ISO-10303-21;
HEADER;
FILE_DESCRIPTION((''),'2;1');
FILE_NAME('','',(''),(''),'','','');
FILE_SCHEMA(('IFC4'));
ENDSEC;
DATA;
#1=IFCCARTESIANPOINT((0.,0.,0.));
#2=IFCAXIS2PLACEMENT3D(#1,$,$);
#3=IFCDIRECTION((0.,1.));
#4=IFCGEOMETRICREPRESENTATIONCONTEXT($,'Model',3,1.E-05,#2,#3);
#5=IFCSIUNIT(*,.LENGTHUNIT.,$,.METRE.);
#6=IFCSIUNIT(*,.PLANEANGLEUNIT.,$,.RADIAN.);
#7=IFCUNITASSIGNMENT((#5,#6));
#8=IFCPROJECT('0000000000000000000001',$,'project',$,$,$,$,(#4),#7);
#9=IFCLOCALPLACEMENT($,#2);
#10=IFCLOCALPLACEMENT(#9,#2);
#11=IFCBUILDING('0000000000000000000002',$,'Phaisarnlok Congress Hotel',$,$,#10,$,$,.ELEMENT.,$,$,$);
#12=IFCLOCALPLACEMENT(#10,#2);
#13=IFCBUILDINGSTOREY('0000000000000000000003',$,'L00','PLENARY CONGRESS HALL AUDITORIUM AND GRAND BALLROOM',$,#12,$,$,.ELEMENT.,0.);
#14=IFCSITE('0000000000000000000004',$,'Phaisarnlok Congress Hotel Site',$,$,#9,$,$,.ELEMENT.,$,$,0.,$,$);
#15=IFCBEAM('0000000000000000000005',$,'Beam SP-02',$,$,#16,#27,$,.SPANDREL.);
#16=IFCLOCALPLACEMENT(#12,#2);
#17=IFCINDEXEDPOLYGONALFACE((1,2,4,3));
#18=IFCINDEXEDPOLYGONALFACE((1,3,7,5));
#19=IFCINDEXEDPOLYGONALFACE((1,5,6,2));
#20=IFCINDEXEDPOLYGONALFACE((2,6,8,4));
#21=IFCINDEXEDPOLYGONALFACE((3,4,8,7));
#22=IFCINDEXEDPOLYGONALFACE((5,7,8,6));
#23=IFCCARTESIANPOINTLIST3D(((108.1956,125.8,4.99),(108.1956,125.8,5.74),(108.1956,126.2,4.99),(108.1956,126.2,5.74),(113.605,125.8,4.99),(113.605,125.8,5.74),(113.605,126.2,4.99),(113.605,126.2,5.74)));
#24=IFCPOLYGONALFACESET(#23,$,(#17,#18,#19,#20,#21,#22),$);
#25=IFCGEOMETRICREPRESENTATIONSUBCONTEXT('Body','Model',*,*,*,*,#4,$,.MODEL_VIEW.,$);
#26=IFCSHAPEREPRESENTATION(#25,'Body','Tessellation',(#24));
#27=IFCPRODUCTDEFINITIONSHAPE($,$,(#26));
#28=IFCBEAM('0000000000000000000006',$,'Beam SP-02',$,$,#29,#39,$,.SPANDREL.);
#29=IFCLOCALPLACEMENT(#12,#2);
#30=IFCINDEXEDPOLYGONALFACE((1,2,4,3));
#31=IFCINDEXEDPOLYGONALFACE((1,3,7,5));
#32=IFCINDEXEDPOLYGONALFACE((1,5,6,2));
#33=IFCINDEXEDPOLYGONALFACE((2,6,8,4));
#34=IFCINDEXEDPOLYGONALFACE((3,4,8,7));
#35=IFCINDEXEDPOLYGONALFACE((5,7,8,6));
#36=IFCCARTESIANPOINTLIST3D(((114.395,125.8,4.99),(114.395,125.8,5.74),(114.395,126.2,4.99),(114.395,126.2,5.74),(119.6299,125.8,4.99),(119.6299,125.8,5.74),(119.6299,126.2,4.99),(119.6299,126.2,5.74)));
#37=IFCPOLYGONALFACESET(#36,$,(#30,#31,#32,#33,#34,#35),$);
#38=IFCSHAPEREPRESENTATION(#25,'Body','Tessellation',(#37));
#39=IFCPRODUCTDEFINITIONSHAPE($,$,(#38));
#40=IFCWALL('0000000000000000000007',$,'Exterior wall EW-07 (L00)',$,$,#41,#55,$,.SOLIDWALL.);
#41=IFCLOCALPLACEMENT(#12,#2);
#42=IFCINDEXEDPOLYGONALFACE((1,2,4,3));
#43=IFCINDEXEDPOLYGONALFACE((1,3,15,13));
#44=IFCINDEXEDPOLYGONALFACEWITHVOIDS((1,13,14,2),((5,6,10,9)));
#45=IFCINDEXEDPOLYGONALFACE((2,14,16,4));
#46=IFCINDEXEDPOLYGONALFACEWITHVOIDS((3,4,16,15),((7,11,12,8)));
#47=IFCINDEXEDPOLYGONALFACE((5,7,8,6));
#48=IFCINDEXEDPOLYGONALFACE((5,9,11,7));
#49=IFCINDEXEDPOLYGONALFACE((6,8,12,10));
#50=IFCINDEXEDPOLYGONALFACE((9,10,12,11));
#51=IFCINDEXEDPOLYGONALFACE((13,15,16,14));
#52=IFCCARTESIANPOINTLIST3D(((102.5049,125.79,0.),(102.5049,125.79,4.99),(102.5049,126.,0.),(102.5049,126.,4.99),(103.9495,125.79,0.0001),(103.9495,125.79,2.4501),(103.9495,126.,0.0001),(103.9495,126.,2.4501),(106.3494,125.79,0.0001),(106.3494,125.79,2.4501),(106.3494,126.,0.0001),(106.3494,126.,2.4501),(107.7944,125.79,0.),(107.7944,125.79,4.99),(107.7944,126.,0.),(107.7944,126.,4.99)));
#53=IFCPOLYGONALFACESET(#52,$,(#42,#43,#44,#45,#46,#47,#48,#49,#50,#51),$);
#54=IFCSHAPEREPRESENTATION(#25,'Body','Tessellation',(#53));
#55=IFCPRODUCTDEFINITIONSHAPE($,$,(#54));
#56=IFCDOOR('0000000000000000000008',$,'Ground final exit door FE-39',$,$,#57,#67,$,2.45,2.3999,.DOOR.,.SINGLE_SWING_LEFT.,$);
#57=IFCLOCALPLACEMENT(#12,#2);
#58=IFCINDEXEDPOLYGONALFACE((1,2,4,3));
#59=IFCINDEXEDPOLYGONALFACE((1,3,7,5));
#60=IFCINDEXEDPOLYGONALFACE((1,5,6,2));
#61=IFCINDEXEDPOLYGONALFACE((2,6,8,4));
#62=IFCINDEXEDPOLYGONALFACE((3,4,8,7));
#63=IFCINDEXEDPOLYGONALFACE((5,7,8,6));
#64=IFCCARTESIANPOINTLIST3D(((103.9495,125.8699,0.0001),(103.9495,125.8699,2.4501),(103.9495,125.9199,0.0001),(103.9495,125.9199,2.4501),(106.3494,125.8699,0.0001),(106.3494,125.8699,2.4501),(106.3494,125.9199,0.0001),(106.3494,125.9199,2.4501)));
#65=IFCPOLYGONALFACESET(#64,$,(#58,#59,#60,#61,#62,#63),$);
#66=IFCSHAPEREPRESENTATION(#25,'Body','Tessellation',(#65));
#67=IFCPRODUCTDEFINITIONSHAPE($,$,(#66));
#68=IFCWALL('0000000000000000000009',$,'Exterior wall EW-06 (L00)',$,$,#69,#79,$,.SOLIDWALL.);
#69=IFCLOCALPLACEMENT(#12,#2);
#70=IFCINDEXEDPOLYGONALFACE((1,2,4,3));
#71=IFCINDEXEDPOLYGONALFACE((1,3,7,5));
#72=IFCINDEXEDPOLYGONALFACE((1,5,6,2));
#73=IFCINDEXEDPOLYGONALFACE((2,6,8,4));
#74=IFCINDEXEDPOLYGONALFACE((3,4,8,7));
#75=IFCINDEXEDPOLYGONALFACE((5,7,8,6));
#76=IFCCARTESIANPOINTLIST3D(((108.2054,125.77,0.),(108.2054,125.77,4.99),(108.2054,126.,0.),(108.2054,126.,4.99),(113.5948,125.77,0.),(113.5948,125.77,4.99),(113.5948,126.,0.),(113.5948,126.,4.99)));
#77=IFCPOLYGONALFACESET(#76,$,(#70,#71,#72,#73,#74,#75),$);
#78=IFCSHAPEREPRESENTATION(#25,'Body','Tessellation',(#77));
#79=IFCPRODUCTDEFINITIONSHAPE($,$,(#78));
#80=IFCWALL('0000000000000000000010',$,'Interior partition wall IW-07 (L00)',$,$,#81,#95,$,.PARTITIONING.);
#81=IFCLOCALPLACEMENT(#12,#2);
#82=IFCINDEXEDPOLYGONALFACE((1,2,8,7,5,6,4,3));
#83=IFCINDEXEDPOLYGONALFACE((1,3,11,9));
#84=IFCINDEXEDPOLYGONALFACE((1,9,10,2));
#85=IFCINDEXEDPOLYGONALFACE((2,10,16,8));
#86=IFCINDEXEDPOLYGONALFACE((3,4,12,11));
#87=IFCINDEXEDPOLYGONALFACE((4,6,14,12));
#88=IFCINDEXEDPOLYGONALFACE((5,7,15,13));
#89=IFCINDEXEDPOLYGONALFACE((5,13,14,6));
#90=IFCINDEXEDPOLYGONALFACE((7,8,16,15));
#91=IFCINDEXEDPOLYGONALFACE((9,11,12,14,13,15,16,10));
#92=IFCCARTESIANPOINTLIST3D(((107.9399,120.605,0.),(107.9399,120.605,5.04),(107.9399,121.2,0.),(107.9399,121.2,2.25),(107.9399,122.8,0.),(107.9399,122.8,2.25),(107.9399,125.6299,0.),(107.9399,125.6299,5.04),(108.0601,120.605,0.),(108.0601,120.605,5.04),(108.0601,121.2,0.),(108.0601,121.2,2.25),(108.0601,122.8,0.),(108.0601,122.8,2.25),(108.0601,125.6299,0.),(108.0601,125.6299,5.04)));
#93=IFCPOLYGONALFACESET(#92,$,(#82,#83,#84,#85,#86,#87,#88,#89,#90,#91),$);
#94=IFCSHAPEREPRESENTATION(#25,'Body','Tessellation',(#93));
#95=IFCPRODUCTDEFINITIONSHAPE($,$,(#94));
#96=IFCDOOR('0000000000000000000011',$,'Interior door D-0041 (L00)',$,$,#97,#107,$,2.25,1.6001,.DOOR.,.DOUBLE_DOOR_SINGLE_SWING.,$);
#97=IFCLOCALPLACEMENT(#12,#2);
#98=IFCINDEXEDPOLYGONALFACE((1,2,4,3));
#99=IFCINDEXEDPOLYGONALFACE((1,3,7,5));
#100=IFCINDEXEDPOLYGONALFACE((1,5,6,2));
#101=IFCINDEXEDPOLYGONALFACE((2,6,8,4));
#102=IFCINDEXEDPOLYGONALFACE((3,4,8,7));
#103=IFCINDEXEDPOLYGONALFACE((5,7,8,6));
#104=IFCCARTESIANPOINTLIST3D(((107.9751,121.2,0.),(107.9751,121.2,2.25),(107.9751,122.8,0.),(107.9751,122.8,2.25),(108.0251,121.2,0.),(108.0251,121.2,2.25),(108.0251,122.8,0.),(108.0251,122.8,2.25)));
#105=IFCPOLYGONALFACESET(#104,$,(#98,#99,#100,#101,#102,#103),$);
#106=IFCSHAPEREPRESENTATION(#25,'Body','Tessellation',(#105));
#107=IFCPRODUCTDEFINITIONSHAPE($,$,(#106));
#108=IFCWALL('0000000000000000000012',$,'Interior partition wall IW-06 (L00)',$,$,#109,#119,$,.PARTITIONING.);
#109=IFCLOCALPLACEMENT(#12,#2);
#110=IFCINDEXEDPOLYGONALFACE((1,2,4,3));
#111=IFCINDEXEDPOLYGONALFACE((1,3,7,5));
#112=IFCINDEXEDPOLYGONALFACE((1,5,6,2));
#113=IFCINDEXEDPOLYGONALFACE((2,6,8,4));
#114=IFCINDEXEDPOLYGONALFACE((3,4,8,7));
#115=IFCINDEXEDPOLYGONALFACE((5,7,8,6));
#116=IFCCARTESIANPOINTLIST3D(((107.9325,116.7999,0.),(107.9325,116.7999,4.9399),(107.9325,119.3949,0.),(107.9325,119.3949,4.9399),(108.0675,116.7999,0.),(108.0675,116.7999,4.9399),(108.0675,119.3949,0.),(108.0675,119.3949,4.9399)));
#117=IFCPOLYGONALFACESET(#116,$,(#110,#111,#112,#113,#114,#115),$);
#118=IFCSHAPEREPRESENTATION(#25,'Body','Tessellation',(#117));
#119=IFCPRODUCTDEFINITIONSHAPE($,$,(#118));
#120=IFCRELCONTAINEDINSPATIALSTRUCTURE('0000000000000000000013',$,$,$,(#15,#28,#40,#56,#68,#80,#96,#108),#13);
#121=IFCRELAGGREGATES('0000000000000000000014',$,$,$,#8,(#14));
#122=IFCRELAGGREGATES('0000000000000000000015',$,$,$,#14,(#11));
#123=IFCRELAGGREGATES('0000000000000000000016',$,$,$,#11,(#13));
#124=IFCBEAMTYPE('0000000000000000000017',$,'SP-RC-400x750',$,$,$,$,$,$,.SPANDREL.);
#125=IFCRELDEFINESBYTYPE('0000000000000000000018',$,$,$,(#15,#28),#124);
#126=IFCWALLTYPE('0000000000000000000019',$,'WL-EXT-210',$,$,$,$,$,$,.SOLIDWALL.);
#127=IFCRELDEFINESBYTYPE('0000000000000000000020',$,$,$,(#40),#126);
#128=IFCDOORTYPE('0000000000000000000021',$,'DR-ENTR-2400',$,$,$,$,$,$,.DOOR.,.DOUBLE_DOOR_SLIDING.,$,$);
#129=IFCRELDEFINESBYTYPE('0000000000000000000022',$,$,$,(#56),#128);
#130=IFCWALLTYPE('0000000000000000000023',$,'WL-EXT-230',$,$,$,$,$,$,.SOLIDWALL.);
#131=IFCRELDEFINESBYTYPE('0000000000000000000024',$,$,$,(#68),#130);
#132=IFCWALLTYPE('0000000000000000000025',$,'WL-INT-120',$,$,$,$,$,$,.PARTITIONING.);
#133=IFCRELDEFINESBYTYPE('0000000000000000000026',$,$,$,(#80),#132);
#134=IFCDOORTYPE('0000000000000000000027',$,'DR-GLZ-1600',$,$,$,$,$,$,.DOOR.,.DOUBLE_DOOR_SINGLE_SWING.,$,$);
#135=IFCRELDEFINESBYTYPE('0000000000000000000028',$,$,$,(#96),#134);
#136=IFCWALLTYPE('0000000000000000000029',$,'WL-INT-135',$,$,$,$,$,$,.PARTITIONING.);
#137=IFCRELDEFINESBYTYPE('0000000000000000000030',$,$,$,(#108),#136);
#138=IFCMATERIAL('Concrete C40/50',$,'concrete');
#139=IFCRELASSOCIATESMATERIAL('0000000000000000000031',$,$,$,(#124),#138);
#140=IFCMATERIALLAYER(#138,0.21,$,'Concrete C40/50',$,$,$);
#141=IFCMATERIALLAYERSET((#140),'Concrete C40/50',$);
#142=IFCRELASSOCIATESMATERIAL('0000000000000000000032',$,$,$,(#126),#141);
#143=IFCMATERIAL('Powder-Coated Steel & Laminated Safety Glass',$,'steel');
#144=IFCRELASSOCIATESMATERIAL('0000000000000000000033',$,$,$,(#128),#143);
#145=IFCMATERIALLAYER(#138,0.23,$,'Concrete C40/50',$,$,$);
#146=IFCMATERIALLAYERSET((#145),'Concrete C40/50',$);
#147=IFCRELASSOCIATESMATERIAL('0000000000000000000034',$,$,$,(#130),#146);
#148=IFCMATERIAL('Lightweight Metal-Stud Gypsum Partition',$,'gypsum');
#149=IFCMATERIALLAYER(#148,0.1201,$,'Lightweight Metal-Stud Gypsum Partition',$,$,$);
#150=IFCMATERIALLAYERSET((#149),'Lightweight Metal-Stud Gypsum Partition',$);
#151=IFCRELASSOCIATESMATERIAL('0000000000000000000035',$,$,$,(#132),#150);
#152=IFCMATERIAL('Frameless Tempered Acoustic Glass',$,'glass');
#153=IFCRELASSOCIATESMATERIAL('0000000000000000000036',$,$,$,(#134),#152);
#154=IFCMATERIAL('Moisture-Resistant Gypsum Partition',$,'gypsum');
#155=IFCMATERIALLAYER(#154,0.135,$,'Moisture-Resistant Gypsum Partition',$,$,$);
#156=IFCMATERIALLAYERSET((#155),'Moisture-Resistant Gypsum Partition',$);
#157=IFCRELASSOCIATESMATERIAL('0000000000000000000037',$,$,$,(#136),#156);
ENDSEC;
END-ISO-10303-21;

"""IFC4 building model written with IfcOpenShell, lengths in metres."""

from ifc_helpers import new_model, si_unit, direction, frame, frame_2d, origin, origin_2d, place, context, subcontext, project, spatial, rectangle, extrude, material, layer, layer_set, material_profile, profile_set, type_object, element, fill, save


model = new_model("IFC4")

# Units and contexts
model_context = context("Model", 3, precision=1e-05, world=origin(), true_north=direction((0.0, 1.0)))
body_context = subcontext(model_context, "Body", "Model", "MODEL_VIEW")
ifc_project = project(units=[si_unit("LENGTHUNIT", "METRE"), si_unit("PLANEANGLEUNIT", "RADIAN")], contexts=[model_context])

# Site, building, storey
site_placement = place(None, origin())
site = spatial("IfcSite", under=ifc_project, at=site_placement, Name="Phaisarnlok Congress Hotel Site", CompositionType="ELEMENT", RefElevation=0.0)
building_placement = place(site_placement, origin())
building = spatial("IfcBuilding", under=site, at=building_placement, Name="Phaisarnlok Congress Hotel", CompositionType="ELEMENT")
storey_placement = place(building_placement, origin())
storey = spatial("IfcBuildingStorey", under=building, at=storey_placement, Name="L00", Description="PLENARY CONGRESS HALL AUDITORIUM AND GRAND BALLROOM", CompositionType="ELEMENT", Elevation=0.0)

# Beams
ifc_material_1 = material(Name="Concrete C40/50", Category="concrete")
ifc_material_profile_1 = material_profile(ifc_material_1, rectangle(XDim=0.3999, YDim=0.75, at=origin_2d()), Name="RC 400x750")
ifc_profile_set_1 = profile_set([ifc_material_profile_1], Name="Concrete C40/50")
beam_type_1 = type_object("IfcBeamType", Name="SP-RC-400x750", PredefinedType="SPANDREL", material=ifc_profile_set_1)
beam_1_placement = place(storey_placement, frame((108.1956, 126.0, 5.365), z_axis=(1.0, 0.0, 0.0), x_axis=(0.0, 1.0, 0.0)))
element("IfcBeam", 1, at=beam_1_placement, inside=storey, type_object=beam_type_1, Name="Beam SP-02", PredefinedType="SPANDREL", context=body_context, shape_type="SweptSolid", body=[
    extrude(rectangle(XDim=0.3999, YDim=0.75, at=origin_2d()), origin(), (0.0, 0.0, 1.0), 5.4094),
])
beam_2_placement = place(storey_placement, frame((114.395, 126.0, 5.365), z_axis=(1.0, 0.0, 0.0), x_axis=(0.0, 1.0, 0.0)))
element("IfcBeam", 2, at=beam_2_placement, inside=storey, type_object=beam_type_1, Name="Beam SP-02", PredefinedType="SPANDREL", context=body_context, shape_type="SweptSolid", body=[
    extrude(rectangle(XDim=0.3999, YDim=0.75, at=origin_2d()), origin(), (0.0, 0.0, 1.0), 5.2349),
])

# Wall, opening, door
ifc_layer_1 = layer(ifc_material_1, 0.21, Name="Concrete C40/50")
ifc_layer_set_1 = layer_set([ifc_layer_1], Name="Concrete C40/50")
wall_type_1 = type_object("IfcWallType", Name="WL-EXT-210", PredefinedType="SOLIDWALL", material=ifc_layer_set_1)
wall_1_placement = place(storey_placement, frame((107.7944, 125.895, 0.0), z_axis=(0.0, 0.0, 1.0), x_axis=(-1.0, 0.0, 0.0)))
wall_1 = element("IfcWall", 3, at=wall_1_placement, inside=storey, type_object=wall_type_1, Name="Exterior wall EW-07 (L00)", PredefinedType="SOLIDWALL", context=body_context, shape_type="SweptSolid", body=[
    extrude(rectangle(XDim=5.2896, YDim=0.21, at=frame_2d((2.6448, 0.0))), origin(), (0.0, 0.0, 1.0), 4.99),
])
opening_1_placement = place(wall_1_placement, frame((1.4451, 0.0, 0.0)))
opening_1 = element("IfcOpeningElement", 4, at=opening_1_placement, cuts=wall_1, PredefinedType="OPENING", context=body_context, shape_type="SweptSolid", body=[
    extrude(rectangle(XDim=2.3999, YDim=2.45, at=frame_2d((1.2, 1.2251))), frame((0.0, 0.115, 0.0), z_axis=(0.0, -1.0, 0.0), x_axis=(1.0, 0.0, 0.0)), (0.0, 0.0, 1.0), 0.23),
])
ifc_material_2 = material(Name="Powder-Coated Steel & Laminated Safety Glass", Category="steel")
door_type_1 = type_object("IfcDoorType", Name="DR-ENTR-2400", OperationType="DOUBLE_DOOR_SLIDING", PredefinedType="DOOR", material=ifc_material_2)
door_1_placement = place(opening_1_placement, frame((2.3999, 0.0, 0.0), z_axis=(0.0, 0.0, 1.0), x_axis=(-1.0, 0.0, 0.0)))
door_1 = element("IfcDoor", 5, at=door_1_placement, inside=storey, type_object=door_type_1, Name="Ground final exit door FE-39", OperationType="SINGLE_SWING_LEFT", OverallHeight=2.45, OverallWidth=2.3999, PredefinedType="DOOR", context=body_context, shape_type="SweptSolid", body=[
    extrude(rectangle(XDim=2.3999, YDim=2.45, at=frame_2d((1.2, 1.2251))), frame((0.0, 0.0249, 0.0), z_axis=(0.0, -1.0, 0.0), x_axis=(1.0, 0.0, 0.0)), (0.0, 0.0, 1.0), 0.05),
])
fill(opening_1, door_1)

# Wall
ifc_layer_2 = layer(ifc_material_1, 0.23, Name="Concrete C40/50")
ifc_layer_set_2 = layer_set([ifc_layer_2], Name="Concrete C40/50")
wall_type_2 = type_object("IfcWallType", Name="WL-EXT-230", PredefinedType="SOLIDWALL", material=ifc_layer_set_2)
wall_2_placement = place(storey_placement, frame((113.595, 125.885, 0.0), z_axis=(0.0, 0.0, 1.0), x_axis=(-1.0, 0.0, 0.0)))
element("IfcWall", 6, at=wall_2_placement, inside=storey, type_object=wall_type_2, Name="Exterior wall EW-06 (L00)", PredefinedType="SOLIDWALL", context=body_context, shape_type="SweptSolid", body=[
    extrude(rectangle(XDim=5.3894, YDim=0.23, at=frame_2d((2.6948, 0.0))), origin(), (0.0, 0.0, 1.0), 4.99),
])

# Wall, opening, door
ifc_material_3 = material(Name="Lightweight Metal-Stud Gypsum Partition", Category="gypsum")
ifc_layer_3 = layer(ifc_material_3, 0.1201, Name="Lightweight Metal-Stud Gypsum Partition")
ifc_layer_set_3 = layer_set([ifc_layer_3], Name="Lightweight Metal-Stud Gypsum Partition")
wall_type_3 = type_object("IfcWallType", Name="WL-INT-120", PredefinedType="PARTITIONING", material=ifc_layer_set_3)
wall_3_placement = place(storey_placement, frame((108.0, 120.605, 0.0), z_axis=(0.0, 0.0, 1.0), x_axis=(0.0, 1.0, 0.0)))
wall_3 = element("IfcWall", 7, at=wall_3_placement, inside=storey, type_object=wall_type_3, Name="Interior partition wall IW-07 (L00)", PredefinedType="PARTITIONING", context=body_context, shape_type="SweptSolid", body=[
    extrude(rectangle(XDim=5.0249, YDim=0.1201, at=frame_2d((2.5125, 0.0))), origin(), (0.0, 0.0, 1.0), 5.04),
])
opening_2_placement = place(wall_3_placement, frame((0.595, 0.0, 0.0)))
opening_2 = element("IfcOpeningElement", 8, at=opening_2_placement, cuts=wall_3, PredefinedType="OPENING", context=body_context, shape_type="SweptSolid", body=[
    extrude(rectangle(XDim=1.6001, YDim=2.25, at=frame_2d((0.8, 1.125))), frame((0.0, 0.0701, 0.0), z_axis=(0.0, -1.0, 0.0), x_axis=(1.0, 0.0, 0.0)), (0.0, 0.0, 1.0), 0.1401),
])
ifc_material_4 = material(Name="Frameless Tempered Acoustic Glass", Category="glass")
door_type_2 = type_object("IfcDoorType", Name="DR-GLZ-1600", OperationType="DOUBLE_DOOR_SINGLE_SWING", PredefinedType="DOOR", material=ifc_material_4)
door_2_placement = place(opening_2_placement, origin())
door_2 = element("IfcDoor", 9, at=door_2_placement, inside=storey, type_object=door_type_2, Name="Interior door D-0041 (L00)", OperationType="DOUBLE_DOOR_SINGLE_SWING", OverallHeight=2.25, OverallWidth=1.6001, PredefinedType="DOOR", context=body_context, shape_type="SweptSolid", body=[
    extrude(rectangle(XDim=1.6001, YDim=2.25, at=frame_2d((0.8, 1.125))), frame((0.0, 0.0249, 0.0), z_axis=(0.0, -1.0, 0.0), x_axis=(1.0, 0.0, 0.0)), (0.0, 0.0, 1.0), 0.05),
])
fill(opening_2, door_2)

# Wall
ifc_material_5 = material(Name="Moisture-Resistant Gypsum Partition", Category="gypsum")
ifc_layer_4 = layer(ifc_material_5, 0.135, Name="Moisture-Resistant Gypsum Partition")
ifc_layer_set_4 = layer_set([ifc_layer_4], Name="Moisture-Resistant Gypsum Partition")
wall_type_4 = type_object("IfcWallType", Name="WL-INT-135", PredefinedType="PARTITIONING", material=ifc_layer_set_4)
wall_4_placement = place(storey_placement, frame((108.0, 116.8, 0.0), z_axis=(0.0, 0.0, 1.0), x_axis=(0.0, 1.0, 0.0)))
element("IfcWall", 10, at=wall_4_placement, inside=storey, type_object=wall_type_4, Name="Interior partition wall IW-06 (L00)", PredefinedType="PARTITIONING", context=body_context, shape_type="SweptSolid", body=[
    extrude(rectangle(XDim=2.595, YDim=0.135, at=frame_2d((1.2974, 0.0))), origin(), (0.0, 0.0, 1.0), 4.9399),
])

save(model, "model.ifc")
